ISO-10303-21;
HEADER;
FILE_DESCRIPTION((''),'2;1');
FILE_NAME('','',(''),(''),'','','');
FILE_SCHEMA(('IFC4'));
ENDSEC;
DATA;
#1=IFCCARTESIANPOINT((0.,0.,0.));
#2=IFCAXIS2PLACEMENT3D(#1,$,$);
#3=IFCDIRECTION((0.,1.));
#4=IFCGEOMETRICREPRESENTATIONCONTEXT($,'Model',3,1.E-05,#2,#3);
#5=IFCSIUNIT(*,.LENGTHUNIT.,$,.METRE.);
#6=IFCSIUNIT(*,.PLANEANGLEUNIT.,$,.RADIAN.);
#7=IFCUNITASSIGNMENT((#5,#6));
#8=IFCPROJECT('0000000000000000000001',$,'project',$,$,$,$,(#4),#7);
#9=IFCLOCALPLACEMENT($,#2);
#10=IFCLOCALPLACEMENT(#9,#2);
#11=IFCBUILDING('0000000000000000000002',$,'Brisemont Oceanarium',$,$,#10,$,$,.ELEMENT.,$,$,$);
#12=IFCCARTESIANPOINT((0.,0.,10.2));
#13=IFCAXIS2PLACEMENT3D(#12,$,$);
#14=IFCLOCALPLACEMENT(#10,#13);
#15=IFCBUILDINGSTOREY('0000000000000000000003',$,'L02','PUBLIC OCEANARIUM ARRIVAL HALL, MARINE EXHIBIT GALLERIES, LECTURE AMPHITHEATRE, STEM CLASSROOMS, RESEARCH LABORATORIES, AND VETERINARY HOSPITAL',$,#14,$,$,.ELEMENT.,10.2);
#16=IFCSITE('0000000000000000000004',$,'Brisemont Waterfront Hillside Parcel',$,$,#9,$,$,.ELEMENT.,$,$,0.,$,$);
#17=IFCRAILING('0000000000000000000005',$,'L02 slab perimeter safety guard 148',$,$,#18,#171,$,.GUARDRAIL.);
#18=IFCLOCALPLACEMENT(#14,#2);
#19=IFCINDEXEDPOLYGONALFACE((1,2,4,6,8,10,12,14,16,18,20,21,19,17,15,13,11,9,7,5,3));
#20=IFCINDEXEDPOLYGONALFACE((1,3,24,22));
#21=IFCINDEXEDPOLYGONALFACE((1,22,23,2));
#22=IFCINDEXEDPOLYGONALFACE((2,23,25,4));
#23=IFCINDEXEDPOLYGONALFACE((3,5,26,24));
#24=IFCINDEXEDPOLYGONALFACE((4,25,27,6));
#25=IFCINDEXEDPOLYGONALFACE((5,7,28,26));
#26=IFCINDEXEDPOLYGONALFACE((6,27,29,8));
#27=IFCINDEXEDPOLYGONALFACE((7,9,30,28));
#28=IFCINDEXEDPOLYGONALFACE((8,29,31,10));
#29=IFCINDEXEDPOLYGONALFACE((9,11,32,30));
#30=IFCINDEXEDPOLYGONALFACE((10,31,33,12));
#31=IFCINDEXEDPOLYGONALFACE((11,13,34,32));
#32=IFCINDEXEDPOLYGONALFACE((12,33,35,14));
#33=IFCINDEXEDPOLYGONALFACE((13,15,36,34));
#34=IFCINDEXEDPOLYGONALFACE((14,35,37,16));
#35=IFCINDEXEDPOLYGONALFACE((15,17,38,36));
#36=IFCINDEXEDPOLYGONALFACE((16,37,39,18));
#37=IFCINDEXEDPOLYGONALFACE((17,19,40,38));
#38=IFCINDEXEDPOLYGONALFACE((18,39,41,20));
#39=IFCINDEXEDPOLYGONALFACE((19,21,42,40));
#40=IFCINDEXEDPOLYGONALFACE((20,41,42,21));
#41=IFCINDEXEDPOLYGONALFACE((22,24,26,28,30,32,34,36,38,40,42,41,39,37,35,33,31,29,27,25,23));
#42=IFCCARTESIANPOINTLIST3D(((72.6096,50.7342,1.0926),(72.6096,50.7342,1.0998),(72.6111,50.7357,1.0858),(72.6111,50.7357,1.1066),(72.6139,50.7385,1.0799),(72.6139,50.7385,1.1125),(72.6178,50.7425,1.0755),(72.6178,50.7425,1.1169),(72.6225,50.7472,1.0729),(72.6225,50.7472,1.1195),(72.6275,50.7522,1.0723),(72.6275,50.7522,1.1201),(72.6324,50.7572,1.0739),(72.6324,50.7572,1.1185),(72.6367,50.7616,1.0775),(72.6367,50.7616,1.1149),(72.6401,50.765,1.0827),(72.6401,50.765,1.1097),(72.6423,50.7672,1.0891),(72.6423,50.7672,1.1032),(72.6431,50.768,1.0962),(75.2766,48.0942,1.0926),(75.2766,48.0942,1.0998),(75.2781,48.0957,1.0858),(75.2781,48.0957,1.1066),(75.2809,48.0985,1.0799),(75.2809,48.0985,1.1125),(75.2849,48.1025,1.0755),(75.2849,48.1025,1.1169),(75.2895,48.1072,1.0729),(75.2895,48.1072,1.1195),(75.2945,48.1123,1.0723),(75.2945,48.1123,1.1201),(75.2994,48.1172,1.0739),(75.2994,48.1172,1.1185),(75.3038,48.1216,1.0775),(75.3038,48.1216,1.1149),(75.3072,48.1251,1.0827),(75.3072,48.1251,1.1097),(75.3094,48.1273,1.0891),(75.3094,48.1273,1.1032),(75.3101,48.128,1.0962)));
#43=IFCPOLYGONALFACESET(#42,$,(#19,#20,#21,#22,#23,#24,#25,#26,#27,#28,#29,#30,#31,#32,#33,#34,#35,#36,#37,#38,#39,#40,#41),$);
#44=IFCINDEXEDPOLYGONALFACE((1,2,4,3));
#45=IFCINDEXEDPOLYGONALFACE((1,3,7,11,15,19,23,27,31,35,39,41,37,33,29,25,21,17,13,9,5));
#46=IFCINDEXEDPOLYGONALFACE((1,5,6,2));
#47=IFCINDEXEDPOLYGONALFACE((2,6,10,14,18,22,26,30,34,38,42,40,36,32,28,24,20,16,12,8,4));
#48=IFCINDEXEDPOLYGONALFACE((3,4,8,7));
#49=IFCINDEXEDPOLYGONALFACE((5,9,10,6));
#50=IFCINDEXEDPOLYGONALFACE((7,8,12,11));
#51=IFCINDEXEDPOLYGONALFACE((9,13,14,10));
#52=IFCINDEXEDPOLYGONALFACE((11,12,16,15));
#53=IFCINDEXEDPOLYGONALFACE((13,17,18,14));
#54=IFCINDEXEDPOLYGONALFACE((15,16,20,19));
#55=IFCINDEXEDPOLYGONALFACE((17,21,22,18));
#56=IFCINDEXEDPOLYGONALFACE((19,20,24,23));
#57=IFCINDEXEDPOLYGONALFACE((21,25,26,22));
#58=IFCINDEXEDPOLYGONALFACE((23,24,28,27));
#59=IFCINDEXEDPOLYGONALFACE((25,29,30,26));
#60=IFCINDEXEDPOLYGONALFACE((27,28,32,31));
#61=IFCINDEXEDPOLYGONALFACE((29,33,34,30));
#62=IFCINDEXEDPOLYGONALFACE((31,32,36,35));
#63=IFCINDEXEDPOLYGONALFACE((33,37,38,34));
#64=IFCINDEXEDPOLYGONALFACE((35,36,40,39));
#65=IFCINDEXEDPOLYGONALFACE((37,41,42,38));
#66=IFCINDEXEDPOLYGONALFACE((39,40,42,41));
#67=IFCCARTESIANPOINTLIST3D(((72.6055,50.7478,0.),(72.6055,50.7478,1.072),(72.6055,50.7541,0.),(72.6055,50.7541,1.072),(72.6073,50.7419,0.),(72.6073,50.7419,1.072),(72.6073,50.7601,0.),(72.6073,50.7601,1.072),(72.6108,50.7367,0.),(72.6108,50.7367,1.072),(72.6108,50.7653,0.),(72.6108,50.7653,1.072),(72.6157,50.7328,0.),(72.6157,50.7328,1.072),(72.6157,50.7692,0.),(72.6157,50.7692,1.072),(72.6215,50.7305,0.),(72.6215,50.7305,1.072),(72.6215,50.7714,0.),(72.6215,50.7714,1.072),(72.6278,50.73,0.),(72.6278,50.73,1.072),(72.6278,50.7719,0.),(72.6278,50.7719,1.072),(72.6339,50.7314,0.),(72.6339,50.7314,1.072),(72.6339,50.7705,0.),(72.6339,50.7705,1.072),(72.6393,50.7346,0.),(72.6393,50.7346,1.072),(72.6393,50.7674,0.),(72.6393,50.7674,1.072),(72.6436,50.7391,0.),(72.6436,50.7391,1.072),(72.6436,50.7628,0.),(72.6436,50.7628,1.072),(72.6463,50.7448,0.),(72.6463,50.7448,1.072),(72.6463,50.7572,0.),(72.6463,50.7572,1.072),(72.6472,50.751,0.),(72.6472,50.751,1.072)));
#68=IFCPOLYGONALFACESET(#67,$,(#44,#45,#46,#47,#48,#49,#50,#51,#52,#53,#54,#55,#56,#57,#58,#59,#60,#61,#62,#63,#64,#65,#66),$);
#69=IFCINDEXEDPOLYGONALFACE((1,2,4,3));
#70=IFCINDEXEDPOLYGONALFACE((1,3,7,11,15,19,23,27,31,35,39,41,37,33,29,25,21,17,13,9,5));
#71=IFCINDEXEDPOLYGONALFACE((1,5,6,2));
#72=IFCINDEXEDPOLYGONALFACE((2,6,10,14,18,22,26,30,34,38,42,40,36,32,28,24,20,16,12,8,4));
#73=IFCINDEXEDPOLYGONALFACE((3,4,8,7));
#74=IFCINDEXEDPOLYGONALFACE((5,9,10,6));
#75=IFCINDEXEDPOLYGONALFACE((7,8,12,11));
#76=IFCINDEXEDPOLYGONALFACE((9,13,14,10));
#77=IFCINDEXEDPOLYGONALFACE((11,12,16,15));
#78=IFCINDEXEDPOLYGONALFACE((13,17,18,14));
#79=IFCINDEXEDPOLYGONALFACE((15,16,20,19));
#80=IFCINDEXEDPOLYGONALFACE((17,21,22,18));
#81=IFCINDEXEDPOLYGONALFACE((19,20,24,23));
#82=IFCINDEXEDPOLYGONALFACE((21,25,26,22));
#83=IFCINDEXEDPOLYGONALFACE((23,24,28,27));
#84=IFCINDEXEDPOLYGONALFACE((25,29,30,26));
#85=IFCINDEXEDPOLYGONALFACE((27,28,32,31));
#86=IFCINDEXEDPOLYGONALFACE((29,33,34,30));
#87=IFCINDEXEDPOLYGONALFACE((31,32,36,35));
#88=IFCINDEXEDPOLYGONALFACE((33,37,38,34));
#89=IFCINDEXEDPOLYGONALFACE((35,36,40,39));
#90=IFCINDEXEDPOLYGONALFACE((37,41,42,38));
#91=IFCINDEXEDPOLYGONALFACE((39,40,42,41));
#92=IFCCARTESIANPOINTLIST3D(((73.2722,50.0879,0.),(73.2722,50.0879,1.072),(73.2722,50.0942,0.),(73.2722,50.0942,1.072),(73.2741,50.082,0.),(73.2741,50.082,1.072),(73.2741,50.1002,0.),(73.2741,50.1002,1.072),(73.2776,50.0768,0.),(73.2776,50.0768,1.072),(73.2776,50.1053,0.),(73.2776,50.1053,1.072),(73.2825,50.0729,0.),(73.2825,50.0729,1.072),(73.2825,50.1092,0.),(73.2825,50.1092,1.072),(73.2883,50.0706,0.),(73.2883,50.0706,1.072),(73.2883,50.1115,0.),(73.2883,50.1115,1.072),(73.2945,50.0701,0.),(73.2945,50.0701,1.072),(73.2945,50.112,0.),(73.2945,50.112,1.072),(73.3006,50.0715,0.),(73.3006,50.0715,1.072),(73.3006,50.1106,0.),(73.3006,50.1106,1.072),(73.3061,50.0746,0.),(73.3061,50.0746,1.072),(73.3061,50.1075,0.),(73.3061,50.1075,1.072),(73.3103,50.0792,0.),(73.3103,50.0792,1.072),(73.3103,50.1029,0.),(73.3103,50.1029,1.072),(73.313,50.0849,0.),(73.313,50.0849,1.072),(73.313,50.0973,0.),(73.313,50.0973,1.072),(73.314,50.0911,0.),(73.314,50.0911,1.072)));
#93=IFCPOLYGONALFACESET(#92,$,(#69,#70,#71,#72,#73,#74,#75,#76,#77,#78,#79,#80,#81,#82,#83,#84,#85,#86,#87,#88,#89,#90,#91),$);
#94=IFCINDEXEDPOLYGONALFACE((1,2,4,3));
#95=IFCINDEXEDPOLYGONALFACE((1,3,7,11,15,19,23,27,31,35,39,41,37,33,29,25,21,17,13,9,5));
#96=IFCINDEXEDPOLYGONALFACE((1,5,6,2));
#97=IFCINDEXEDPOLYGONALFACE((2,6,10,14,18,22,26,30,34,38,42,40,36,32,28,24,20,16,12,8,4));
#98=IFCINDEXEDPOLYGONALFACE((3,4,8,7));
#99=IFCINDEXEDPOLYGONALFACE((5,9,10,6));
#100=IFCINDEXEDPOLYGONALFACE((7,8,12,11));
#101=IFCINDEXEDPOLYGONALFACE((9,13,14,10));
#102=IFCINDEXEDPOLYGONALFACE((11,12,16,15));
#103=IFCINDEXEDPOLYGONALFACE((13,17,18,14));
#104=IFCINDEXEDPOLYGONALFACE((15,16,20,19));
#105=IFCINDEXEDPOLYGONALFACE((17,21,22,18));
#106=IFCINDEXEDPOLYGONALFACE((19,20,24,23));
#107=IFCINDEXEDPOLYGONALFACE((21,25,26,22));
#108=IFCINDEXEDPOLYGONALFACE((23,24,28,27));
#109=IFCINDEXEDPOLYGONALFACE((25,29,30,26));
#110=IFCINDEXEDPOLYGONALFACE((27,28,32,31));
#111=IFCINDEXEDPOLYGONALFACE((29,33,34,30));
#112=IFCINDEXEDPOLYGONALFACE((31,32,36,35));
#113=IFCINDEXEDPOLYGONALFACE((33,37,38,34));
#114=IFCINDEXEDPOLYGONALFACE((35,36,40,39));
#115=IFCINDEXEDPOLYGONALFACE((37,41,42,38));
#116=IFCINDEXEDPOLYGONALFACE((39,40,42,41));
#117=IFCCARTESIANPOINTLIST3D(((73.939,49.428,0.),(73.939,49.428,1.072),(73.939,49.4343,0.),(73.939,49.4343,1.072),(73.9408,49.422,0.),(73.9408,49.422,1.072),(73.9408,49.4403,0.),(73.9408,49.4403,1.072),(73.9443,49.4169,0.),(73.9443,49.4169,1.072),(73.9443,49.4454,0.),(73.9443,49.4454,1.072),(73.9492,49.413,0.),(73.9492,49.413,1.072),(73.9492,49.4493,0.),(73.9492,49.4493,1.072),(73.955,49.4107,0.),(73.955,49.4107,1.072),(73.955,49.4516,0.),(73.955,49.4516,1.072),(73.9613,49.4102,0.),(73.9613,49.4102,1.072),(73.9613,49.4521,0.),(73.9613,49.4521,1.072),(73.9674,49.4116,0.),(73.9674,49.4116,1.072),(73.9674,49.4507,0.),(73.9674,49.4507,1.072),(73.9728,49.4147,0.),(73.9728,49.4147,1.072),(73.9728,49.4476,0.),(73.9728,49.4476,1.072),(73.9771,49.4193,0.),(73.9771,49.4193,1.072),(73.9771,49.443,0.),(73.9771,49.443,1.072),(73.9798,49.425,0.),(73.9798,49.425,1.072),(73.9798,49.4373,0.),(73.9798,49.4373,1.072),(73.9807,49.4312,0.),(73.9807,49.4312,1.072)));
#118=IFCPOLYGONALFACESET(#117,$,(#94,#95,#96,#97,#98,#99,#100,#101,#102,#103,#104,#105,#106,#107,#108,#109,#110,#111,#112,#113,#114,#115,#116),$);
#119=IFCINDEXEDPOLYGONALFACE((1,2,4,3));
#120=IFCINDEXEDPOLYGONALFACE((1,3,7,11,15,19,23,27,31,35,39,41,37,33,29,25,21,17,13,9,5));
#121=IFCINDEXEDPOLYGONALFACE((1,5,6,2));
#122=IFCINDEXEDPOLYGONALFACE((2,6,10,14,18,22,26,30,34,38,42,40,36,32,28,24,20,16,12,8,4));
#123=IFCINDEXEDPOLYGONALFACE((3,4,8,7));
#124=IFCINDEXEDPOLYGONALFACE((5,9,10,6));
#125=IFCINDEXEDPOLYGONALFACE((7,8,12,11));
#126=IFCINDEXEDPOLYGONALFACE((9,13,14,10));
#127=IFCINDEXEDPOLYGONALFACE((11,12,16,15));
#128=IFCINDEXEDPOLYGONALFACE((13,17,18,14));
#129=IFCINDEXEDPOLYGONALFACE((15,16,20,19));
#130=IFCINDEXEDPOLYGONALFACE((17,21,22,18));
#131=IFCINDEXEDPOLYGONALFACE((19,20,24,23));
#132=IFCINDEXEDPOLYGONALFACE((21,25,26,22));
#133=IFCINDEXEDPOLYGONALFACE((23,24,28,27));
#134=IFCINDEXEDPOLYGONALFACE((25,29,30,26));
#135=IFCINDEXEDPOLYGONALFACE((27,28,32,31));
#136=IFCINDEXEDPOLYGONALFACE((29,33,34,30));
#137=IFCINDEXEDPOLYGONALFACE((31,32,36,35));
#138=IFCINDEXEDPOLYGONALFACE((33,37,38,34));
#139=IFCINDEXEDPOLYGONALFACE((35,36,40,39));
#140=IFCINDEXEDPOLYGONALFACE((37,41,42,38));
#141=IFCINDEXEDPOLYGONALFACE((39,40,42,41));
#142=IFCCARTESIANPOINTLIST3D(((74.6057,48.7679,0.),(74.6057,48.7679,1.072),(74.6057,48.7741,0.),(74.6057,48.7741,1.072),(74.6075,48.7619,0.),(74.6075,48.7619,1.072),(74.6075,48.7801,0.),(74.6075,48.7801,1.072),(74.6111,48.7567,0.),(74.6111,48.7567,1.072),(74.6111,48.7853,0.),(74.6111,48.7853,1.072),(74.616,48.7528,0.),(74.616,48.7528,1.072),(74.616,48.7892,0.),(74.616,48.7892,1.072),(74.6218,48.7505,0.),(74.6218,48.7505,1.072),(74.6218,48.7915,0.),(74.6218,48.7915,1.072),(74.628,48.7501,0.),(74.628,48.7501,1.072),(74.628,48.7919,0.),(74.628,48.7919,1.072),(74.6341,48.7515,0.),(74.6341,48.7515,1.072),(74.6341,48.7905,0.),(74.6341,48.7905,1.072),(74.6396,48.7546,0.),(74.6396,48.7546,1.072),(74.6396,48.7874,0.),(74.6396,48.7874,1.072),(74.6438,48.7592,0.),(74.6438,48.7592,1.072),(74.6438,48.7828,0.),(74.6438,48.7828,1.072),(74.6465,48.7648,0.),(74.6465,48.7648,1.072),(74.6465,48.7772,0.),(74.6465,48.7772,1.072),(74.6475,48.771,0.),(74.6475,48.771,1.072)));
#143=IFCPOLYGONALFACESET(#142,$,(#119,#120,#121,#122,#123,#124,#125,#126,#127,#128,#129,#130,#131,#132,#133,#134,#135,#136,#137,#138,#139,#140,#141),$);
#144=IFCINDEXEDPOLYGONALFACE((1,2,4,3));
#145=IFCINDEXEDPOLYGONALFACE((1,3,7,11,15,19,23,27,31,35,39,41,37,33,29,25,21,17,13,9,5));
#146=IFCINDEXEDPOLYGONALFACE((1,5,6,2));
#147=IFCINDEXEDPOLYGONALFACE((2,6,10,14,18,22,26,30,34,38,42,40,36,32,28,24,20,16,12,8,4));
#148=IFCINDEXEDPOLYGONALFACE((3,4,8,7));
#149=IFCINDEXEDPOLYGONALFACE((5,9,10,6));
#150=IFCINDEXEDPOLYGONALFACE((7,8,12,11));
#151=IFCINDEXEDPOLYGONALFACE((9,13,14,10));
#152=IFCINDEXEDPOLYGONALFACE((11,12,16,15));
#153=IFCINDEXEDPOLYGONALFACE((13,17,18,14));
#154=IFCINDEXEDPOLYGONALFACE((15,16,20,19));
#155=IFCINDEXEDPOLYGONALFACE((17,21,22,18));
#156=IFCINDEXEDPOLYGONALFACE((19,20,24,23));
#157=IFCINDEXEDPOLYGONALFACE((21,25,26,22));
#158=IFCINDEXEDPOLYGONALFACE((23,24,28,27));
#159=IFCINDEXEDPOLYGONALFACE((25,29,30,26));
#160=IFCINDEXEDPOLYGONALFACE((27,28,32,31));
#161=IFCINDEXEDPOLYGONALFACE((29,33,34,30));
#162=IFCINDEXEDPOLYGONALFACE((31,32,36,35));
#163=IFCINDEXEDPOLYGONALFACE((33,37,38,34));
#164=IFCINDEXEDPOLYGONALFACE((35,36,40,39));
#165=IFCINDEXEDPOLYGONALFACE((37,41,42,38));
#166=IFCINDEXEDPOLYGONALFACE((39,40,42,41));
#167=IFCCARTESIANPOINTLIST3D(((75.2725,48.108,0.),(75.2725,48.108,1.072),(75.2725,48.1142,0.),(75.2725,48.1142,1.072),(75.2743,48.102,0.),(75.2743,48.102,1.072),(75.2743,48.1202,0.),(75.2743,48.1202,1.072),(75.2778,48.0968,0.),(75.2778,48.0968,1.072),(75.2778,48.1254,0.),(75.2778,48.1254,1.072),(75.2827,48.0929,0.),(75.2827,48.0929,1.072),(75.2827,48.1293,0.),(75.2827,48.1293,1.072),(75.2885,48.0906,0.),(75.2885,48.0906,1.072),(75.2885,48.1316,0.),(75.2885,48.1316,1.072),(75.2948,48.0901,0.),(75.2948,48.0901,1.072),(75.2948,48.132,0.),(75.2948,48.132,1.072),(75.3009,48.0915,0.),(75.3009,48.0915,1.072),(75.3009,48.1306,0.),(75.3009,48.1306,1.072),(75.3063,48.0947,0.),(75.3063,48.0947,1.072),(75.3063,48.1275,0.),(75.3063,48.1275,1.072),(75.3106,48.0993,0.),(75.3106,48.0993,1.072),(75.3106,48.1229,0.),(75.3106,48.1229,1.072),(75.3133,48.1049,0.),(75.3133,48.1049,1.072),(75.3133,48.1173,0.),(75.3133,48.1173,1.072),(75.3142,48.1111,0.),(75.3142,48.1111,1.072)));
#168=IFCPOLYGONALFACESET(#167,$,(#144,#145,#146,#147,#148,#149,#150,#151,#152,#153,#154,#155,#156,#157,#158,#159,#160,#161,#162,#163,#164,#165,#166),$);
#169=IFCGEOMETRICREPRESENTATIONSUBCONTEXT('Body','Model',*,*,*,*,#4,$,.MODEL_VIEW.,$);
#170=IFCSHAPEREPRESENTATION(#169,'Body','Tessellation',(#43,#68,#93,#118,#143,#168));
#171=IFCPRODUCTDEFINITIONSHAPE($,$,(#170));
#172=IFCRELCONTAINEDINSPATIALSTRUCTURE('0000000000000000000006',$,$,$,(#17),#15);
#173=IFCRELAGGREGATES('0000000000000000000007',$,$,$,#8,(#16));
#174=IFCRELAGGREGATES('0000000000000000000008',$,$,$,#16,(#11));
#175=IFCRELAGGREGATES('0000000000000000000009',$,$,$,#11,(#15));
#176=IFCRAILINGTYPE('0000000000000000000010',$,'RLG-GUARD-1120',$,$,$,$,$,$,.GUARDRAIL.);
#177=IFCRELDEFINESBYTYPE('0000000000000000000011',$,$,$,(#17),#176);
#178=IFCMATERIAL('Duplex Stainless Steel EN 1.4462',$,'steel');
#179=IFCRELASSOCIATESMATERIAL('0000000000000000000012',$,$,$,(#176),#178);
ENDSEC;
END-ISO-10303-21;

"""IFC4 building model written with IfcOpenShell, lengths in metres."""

from ifc_helpers import new_model, si_unit, direction, frame, origin, origin_2d, place, context, subcontext, project, spatial, circle, extrude, material, type_object, element, save


model = new_model("IFC4")

# Units and contexts
model_context = context("Model", 3, precision=1e-05, world=origin(), true_north=direction((0.0, 1.0)))
body_context = subcontext(model_context, "Body", "Model", "MODEL_VIEW")
ifc_project = project(units=[si_unit("LENGTHUNIT", "METRE"), si_unit("PLANEANGLEUNIT", "RADIAN")], contexts=[model_context])

# Site, building, storey
site_placement = place(None, origin())
site = spatial("IfcSite", under=ifc_project, at=site_placement, Name="Brisemont Waterfront Hillside Parcel", CompositionType="ELEMENT", RefElevation=0.0)
building_placement = place(site_placement, origin())
building = spatial("IfcBuilding", under=site, at=building_placement, Name="Brisemont Oceanarium", CompositionType="ELEMENT")
storey_placement = place(building_placement, frame((0.0, 0.0, 10.2)))
storey = spatial("IfcBuildingStorey", under=building, at=storey_placement, Name="L02", Description="PUBLIC OCEANARIUM ARRIVAL HALL, MARINE EXHIBIT GALLERIES, LECTURE AMPHITHEATRE, STEM CLASSROOMS, RESEARCH LABORATORIES, AND VETERINARY HOSPITAL", CompositionType="ELEMENT", Elevation=10.2)

# Railing
ifc_material_1 = material(Name="Duplex Stainless Steel EN 1.4462", Category="steel")
railing_type = type_object("IfcRailingType", Name="RLG-GUARD-1120", PredefinedType="GUARDRAIL", material=ifc_material_1)
railing_1_placement = place(storey_placement, frame((72.6262, 50.751, 0.0)))
element("IfcRailing", 1, at=railing_1_placement, inside=storey, type_object=railing_type, Name="L02 slab perimeter safety guard 148", PredefinedType="GUARDRAIL", context=body_context, shape_type="SweptSolid", body=[
    extrude(circle(Radius=0.0239, at=origin_2d()), frame((0.0, 0.0, 1.0962), z_axis=(0.710708, -0.703487, 0.0), x_axis=(0.703487, 0.710708, 0.0)), (0.0, 0.0, 1.0), 3.7527),
    extrude(circle(Radius=0.021, at=origin_2d()), origin(), (0.0, 0.0, 1.0), 1.072),
    extrude(circle(Radius=0.021, at=origin_2d()), frame((0.6667, -0.6599, 0.0)), (0.0, 0.0, 1.0), 1.072),
    extrude(circle(Radius=0.021, at=origin_2d()), frame((1.3335, -1.3198, 0.0)), (0.0, 0.0, 1.0), 1.072),
    extrude(circle(Radius=0.021, at=origin_2d()), frame((2.0002, -1.98, 0.0)), (0.0, 0.0, 1.0), 1.072),
    extrude(circle(Radius=0.021, at=origin_2d()), frame((2.667, -2.6399, 0.0)), (0.0, 0.0, 1.0), 1.072),
])

save(model, "model.ifc")
